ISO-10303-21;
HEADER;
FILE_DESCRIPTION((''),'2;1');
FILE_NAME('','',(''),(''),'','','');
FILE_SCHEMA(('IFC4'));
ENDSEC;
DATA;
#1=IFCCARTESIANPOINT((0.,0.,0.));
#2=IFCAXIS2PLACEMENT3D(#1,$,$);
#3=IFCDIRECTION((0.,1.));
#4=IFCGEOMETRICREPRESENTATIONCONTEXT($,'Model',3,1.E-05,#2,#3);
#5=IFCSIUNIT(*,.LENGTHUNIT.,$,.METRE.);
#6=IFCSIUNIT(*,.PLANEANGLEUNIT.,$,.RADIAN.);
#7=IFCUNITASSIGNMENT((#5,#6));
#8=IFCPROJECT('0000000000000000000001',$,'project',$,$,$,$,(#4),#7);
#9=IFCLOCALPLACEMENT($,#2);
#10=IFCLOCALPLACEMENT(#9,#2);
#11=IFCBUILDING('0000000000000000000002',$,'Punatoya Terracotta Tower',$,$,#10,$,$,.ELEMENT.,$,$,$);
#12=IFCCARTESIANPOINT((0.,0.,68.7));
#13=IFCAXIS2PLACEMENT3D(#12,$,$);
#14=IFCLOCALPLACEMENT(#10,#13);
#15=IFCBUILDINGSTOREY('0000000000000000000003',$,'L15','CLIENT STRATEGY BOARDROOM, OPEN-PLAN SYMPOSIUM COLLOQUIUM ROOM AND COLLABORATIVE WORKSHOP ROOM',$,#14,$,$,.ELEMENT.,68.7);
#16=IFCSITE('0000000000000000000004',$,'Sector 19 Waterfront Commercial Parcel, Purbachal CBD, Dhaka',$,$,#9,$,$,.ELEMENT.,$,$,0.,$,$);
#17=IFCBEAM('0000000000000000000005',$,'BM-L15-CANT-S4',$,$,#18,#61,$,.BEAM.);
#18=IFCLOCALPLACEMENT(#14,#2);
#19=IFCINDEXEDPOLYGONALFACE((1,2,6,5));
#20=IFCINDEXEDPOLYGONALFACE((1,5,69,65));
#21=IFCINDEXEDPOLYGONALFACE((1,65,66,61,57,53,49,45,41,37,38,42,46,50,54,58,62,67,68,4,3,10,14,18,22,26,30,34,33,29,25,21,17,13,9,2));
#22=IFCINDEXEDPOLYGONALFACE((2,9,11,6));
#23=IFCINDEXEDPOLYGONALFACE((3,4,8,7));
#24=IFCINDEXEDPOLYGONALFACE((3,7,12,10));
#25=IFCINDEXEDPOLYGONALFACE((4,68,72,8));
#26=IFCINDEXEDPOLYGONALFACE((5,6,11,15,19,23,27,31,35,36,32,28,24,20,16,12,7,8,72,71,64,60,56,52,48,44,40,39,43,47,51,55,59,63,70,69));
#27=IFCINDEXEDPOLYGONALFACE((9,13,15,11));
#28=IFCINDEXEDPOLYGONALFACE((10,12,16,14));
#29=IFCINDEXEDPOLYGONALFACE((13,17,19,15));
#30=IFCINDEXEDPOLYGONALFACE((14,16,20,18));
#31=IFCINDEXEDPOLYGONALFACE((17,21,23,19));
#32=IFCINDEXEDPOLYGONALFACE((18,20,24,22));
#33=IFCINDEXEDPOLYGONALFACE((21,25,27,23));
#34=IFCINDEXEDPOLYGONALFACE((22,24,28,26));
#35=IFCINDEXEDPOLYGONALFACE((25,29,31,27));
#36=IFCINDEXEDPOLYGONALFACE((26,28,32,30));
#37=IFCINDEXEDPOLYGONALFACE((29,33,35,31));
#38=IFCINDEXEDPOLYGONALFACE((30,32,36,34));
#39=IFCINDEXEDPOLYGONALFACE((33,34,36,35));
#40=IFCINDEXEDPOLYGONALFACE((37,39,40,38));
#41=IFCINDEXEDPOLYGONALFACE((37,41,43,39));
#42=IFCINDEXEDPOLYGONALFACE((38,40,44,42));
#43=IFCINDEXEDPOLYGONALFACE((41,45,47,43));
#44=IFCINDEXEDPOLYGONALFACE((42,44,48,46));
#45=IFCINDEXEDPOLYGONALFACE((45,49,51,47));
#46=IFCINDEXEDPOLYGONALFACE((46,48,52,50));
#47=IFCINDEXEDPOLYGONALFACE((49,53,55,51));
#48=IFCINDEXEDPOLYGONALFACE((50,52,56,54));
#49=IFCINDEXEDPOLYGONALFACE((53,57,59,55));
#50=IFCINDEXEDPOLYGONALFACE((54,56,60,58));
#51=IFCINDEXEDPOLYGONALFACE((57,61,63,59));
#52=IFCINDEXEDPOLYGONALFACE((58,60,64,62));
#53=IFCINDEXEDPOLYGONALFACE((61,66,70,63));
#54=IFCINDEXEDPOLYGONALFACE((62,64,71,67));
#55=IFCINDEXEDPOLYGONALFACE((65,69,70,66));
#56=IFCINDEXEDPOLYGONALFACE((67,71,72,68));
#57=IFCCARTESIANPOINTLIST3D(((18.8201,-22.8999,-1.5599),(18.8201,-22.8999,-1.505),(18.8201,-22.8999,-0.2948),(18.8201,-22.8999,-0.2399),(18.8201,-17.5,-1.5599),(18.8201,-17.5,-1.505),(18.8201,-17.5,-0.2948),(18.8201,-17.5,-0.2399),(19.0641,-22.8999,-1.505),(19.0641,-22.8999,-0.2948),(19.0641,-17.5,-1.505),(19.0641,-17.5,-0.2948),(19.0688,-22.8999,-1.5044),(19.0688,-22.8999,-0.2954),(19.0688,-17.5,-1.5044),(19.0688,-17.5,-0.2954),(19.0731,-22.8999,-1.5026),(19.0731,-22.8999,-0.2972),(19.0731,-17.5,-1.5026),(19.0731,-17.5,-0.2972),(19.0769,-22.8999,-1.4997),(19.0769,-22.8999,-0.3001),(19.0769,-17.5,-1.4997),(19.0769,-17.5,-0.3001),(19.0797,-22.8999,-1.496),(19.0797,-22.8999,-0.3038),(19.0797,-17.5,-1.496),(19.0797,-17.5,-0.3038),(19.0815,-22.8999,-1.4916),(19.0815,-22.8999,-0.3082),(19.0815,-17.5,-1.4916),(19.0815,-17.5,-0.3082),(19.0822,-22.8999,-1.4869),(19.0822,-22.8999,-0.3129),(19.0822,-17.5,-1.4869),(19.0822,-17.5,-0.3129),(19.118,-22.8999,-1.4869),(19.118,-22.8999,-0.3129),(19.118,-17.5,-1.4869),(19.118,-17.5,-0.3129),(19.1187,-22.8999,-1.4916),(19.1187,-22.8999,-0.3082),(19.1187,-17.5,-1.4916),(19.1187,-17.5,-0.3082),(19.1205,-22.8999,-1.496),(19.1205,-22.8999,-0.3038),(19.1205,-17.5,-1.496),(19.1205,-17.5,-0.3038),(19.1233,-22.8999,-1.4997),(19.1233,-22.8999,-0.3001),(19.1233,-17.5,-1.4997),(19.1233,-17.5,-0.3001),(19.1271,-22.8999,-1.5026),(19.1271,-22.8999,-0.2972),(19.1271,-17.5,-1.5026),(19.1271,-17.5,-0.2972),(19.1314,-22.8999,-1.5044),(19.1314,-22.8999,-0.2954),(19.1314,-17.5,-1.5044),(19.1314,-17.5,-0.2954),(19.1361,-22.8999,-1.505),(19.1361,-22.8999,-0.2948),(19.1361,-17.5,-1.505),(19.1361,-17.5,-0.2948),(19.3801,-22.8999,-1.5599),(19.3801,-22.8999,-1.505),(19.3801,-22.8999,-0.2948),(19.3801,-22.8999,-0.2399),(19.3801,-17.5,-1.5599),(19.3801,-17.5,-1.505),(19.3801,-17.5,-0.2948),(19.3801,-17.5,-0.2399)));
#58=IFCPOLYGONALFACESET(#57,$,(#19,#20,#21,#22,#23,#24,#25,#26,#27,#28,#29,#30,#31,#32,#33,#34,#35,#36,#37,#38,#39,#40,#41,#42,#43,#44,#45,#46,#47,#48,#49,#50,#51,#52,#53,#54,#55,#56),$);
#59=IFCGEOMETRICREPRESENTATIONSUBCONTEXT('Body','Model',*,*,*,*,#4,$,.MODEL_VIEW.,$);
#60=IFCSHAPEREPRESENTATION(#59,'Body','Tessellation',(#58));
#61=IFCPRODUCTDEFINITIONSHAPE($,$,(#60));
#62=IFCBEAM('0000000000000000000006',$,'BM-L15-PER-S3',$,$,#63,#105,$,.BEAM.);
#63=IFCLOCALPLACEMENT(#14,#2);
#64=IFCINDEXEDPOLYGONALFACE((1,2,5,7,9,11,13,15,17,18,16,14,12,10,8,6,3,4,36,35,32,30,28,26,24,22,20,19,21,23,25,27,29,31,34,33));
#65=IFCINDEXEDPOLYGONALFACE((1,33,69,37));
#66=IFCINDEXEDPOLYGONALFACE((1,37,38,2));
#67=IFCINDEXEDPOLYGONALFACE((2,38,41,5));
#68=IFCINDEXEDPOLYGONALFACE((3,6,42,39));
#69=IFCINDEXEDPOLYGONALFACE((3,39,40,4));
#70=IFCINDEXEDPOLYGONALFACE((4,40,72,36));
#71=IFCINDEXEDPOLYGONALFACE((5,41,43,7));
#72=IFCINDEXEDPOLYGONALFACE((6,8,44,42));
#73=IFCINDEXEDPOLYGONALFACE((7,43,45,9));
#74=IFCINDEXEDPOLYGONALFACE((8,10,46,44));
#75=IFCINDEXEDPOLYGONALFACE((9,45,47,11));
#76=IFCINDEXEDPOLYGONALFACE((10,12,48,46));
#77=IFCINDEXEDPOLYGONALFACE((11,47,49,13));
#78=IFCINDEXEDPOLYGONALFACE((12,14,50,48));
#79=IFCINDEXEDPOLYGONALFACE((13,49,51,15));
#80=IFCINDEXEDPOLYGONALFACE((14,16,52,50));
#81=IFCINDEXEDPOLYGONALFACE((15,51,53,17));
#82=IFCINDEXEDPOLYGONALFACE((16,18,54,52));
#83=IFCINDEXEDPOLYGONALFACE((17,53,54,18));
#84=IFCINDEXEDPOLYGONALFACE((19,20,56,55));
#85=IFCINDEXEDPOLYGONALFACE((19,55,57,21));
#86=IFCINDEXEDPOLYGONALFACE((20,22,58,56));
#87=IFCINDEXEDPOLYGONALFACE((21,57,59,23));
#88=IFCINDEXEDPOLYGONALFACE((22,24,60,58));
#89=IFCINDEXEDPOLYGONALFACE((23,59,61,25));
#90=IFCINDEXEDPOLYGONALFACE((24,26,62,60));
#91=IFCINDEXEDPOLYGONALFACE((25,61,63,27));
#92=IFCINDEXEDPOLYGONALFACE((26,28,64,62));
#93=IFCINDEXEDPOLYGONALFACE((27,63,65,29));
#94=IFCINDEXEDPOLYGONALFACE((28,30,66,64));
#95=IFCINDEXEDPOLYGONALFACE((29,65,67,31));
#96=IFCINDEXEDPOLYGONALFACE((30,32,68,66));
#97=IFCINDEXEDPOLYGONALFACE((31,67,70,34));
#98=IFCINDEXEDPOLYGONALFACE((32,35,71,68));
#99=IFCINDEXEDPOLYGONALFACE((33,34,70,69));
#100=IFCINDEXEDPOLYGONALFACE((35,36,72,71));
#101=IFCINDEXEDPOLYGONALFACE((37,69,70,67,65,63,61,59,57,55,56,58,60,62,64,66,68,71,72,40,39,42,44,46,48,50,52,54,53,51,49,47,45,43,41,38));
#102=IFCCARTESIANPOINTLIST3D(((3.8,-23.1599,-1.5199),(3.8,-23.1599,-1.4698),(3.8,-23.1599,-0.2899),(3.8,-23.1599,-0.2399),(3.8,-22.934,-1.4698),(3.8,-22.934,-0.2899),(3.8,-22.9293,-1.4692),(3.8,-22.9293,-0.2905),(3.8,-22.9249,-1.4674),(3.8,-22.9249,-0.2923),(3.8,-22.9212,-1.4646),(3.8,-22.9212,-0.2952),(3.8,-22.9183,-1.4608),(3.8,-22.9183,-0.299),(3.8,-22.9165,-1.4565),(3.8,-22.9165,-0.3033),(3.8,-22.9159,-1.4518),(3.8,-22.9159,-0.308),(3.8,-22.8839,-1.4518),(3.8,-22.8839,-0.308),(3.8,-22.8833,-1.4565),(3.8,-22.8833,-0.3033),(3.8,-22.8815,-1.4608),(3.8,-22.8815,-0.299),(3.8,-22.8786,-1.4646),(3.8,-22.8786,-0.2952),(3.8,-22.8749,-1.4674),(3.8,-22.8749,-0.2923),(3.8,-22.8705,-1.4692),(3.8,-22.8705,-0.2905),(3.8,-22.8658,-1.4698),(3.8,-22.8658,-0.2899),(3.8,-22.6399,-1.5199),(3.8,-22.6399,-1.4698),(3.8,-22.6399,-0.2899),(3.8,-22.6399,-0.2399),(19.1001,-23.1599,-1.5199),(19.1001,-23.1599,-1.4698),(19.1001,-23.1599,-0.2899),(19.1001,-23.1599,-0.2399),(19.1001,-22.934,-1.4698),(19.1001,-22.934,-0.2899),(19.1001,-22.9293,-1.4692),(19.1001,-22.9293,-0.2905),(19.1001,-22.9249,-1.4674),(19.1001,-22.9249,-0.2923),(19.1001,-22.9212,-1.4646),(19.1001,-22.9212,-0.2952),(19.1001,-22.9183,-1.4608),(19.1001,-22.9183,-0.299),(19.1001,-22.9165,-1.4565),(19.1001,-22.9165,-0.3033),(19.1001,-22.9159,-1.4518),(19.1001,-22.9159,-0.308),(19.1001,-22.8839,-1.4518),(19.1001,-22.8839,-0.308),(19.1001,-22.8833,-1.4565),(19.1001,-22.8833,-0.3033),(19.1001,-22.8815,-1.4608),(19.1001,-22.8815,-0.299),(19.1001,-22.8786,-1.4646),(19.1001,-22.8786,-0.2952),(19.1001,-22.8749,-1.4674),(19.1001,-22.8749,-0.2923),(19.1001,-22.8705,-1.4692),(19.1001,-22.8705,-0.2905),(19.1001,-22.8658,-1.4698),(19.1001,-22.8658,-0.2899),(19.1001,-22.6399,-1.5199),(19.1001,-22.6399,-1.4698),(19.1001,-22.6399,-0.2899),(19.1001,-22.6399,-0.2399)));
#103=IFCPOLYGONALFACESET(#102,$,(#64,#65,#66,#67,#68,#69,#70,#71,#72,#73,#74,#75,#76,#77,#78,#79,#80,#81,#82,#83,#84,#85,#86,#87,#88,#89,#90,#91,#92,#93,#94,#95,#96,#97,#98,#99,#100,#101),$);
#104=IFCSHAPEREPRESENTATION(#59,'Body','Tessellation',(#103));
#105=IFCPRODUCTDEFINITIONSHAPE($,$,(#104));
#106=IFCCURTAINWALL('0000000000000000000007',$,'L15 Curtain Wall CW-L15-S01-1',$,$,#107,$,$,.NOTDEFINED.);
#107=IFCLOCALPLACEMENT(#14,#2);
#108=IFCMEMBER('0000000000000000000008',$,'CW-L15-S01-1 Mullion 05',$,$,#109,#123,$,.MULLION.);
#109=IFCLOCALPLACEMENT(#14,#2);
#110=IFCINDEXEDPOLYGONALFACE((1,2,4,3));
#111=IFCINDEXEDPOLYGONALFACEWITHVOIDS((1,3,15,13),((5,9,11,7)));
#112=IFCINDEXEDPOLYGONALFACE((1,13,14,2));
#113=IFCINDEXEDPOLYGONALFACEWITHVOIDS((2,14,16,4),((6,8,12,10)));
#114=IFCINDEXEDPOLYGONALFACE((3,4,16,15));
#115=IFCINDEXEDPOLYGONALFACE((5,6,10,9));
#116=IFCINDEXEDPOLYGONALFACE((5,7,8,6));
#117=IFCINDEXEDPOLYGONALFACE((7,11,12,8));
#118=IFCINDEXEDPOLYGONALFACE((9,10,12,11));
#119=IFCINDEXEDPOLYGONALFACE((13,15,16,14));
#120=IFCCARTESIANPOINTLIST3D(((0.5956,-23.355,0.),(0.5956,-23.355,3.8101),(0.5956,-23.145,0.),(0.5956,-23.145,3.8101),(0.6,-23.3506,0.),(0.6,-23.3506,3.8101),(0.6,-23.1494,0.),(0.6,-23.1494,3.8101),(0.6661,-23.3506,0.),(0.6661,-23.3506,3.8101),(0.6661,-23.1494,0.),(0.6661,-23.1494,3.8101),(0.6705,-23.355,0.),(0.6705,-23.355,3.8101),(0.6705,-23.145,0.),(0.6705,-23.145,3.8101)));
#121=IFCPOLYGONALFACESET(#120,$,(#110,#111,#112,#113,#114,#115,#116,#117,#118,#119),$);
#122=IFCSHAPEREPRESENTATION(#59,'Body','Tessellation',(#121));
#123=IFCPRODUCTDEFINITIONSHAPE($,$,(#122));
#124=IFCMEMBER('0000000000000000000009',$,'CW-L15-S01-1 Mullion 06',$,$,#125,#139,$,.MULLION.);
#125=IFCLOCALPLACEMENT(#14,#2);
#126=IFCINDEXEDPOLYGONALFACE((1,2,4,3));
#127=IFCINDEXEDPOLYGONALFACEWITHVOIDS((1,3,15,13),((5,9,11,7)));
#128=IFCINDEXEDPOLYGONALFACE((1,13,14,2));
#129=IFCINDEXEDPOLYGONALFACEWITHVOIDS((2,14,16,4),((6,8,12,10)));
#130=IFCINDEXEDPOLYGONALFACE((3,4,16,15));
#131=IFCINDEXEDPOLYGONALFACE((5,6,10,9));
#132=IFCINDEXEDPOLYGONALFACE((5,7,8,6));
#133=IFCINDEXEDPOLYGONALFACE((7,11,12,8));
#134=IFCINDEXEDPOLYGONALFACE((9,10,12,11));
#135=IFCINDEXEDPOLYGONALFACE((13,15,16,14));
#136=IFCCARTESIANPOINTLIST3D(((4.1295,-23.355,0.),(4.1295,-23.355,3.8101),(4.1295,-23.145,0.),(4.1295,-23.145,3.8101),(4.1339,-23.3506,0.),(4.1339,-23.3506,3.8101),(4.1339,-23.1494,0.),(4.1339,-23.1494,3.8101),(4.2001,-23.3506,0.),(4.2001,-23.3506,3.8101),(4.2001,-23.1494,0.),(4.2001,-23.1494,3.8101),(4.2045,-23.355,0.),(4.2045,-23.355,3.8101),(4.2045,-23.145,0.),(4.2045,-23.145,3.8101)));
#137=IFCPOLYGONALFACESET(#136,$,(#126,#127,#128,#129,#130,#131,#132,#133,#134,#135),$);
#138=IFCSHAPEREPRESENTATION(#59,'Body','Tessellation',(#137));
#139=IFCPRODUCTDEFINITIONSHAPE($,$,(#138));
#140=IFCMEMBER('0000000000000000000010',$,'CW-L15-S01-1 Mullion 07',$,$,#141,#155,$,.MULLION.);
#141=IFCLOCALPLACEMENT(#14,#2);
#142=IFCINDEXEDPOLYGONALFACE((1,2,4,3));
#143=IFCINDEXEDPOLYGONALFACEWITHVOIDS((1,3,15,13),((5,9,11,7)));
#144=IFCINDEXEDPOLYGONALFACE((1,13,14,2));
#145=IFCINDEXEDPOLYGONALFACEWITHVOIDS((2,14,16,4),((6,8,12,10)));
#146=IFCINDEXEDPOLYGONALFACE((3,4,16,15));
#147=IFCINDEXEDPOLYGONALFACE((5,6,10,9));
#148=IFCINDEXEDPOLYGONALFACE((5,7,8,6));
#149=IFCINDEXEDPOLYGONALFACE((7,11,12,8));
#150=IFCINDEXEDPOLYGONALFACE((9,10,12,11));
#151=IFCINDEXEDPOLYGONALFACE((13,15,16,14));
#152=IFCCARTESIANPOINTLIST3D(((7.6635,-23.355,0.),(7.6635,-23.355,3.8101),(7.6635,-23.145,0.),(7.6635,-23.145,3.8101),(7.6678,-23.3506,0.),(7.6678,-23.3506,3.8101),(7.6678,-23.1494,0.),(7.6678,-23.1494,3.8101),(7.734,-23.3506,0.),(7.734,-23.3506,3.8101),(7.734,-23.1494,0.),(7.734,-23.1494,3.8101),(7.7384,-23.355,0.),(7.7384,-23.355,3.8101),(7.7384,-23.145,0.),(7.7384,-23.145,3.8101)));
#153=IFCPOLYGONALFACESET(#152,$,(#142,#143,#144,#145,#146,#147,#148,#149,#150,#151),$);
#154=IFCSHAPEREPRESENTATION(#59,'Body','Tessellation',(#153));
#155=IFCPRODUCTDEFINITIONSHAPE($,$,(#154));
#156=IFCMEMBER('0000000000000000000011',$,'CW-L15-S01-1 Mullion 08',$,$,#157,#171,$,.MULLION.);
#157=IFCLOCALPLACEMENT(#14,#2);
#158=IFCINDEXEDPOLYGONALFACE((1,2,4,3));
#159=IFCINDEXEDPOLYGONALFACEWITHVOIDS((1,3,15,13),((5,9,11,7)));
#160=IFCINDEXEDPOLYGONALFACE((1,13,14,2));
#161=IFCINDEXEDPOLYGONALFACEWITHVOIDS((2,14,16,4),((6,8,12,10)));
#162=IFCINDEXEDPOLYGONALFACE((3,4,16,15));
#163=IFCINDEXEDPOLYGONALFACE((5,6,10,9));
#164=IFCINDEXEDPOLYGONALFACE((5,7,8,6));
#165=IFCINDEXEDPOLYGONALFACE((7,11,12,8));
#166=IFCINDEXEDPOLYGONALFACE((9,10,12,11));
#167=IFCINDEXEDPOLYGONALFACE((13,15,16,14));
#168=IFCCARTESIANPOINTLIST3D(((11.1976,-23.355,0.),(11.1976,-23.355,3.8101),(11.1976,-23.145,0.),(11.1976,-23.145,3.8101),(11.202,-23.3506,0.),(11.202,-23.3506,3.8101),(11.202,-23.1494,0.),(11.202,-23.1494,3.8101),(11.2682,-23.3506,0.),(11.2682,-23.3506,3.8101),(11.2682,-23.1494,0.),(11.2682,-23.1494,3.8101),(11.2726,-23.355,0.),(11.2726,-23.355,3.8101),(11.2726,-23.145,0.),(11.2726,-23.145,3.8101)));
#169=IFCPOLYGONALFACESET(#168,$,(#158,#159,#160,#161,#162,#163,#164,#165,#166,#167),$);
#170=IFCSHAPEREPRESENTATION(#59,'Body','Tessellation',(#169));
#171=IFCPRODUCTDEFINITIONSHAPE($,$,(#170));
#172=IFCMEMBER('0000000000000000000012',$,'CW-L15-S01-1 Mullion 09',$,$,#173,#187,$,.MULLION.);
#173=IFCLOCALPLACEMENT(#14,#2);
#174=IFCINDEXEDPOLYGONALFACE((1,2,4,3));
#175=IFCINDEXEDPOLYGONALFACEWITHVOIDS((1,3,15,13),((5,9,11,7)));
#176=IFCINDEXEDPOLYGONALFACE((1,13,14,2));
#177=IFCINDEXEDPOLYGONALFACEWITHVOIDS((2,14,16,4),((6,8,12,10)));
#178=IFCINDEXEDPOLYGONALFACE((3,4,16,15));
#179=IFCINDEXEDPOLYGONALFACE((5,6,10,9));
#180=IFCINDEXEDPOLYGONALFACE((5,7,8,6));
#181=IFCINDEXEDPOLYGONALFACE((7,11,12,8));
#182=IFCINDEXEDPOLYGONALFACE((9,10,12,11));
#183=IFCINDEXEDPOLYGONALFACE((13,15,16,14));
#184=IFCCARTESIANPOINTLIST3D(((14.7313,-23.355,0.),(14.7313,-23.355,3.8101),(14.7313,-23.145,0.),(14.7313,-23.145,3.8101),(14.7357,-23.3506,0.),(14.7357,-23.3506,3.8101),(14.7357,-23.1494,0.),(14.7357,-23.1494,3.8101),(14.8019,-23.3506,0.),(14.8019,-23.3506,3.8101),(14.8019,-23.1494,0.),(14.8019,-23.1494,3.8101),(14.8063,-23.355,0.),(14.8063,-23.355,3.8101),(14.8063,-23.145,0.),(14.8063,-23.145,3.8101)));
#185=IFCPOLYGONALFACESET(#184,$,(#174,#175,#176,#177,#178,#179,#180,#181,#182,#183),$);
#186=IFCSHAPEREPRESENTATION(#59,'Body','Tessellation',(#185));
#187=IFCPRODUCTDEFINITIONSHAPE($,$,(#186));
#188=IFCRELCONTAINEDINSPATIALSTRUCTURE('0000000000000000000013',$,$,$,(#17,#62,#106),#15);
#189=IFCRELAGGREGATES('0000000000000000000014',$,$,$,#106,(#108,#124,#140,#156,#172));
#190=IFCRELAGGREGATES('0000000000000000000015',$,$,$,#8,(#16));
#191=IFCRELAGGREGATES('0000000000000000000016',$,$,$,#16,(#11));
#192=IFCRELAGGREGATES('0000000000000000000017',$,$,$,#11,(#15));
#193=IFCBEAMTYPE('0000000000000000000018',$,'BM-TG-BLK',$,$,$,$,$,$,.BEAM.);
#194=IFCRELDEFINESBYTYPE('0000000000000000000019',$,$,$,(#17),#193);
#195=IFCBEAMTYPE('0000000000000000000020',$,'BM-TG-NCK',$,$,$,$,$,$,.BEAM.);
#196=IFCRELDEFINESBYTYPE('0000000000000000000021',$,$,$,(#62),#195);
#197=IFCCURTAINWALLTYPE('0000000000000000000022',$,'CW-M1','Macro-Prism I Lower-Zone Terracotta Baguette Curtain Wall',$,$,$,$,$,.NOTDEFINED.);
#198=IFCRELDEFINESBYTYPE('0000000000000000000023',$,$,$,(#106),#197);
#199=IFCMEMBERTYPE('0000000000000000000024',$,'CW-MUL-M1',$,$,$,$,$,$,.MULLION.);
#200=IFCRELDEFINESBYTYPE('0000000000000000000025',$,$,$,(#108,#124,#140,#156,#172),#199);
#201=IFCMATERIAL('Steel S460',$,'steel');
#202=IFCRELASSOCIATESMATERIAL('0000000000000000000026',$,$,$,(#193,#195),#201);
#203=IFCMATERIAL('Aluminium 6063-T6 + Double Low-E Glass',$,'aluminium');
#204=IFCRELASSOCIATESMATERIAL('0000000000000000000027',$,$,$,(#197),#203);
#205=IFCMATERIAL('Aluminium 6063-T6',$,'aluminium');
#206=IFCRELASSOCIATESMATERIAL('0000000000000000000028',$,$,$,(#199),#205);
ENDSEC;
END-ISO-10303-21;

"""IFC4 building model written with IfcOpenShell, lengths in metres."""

from ifc_helpers import new_model, si_unit, direction, frame, origin, origin_2d, place, context, subcontext, project, spatial, hollow_rectangle, i_section, extrude, material, material_profile, profile_set, type_object, element, aggregate, save


model = new_model("IFC4")

# Units and contexts
model_context = context("Model", 3, precision=1e-05, world=origin(), true_north=direction((0.0, 1.0)))
body_context = subcontext(model_context, "Body", "Model", "MODEL_VIEW")
ifc_project = project(units=[si_unit("LENGTHUNIT", "METRE"), si_unit("PLANEANGLEUNIT", "RADIAN")], contexts=[model_context])

# Site, building, storey
site_placement = place(None, origin())
site = spatial("IfcSite", under=ifc_project, at=site_placement, Name="Sector 19 Waterfront Commercial Parcel, Purbachal CBD, Dhaka", CompositionType="ELEMENT", RefElevation=0.0)
building_placement = place(site_placement, origin())
building = spatial("IfcBuilding", under=site, at=building_placement, Name="Punatoya Terracotta Tower", CompositionType="ELEMENT")
storey_placement = place(building_placement, frame((0.0, 0.0, 68.7)))
storey = spatial("IfcBuildingStorey", under=building, at=storey_placement, Name="L15", Description="CLIENT STRATEGY BOARDROOM, OPEN-PLAN SYMPOSIUM COLLOQUIUM ROOM AND COLLABORATIVE WORKSHOP ROOM", CompositionType="ELEMENT", Elevation=68.7)

# Shared definitions
ifc_material_1 = material(Name="Steel S460", Category="steel")

# Beams
ifc_material_profile_1 = material_profile(ifc_material_1, i_section(OverallWidth=0.5601, OverallDepth=1.3201, WebThickness=0.0359, FlangeThickness=0.0549, FilletRadius=0.0181, at=origin_2d()))
ifc_profile_set_1 = profile_set([ifc_material_profile_1], Name="Steel S460")
beam_type_1 = type_object("IfcBeamType", Name="BM-TG-BLK", PredefinedType="BEAM", material=ifc_profile_set_1)
for number, where, z_axis, x_axis, name in (
    (1, (19.1001, -22.8999, -0.8999), (0.0, 1.0, 0.0), (-1.0, 0.0, 0.0), "BM-L15-CANT-S4"),
):
    element("IfcBeam", number, at=place(storey_placement, frame(where, z_axis=z_axis, x_axis=x_axis)), inside=storey, type_object=beam_type_1, Name=name, PredefinedType="BEAM", context=body_context, shape_type="SweptSolid", body=[
        extrude(i_section(OverallWidth=0.5601, OverallDepth=1.3201, WebThickness=0.0359, FlangeThickness=0.0549, FilletRadius=0.0181, at=origin_2d()), origin(), (0.0, 0.0, 1.0), 5.3999),
    ])
ifc_material_profile_2 = material_profile(ifc_material_1, i_section(OverallWidth=0.52, OverallDepth=1.28, WebThickness=0.032, FlangeThickness=0.05, FilletRadius=0.0181, at=origin_2d()))
ifc_profile_set_2 = profile_set([ifc_material_profile_2], Name="Steel S460")
beam_type_2 = type_object("IfcBeamType", Name="BM-TG-NCK", PredefinedType="BEAM", material=ifc_profile_set_2)
beam_1_placement = place(storey_placement, frame((3.8, -22.8999, -0.8799), z_axis=(1.0, 0.0, 0.0), x_axis=(0.0, 1.0, 0.0)))
element("IfcBeam", 2, at=beam_1_placement, inside=storey, type_object=beam_type_2, Name="BM-L15-PER-S3", PredefinedType="BEAM", context=body_context, shape_type="SweptSolid", body=[
    extrude(i_section(OverallWidth=0.52, OverallDepth=1.28, WebThickness=0.032, FlangeThickness=0.05, FilletRadius=0.0181, at=origin_2d()), origin(), (0.0, 0.0, 1.0), 15.3),
])

# Curtain wall, members
ifc_material_2 = material(Name="Aluminium 6063-T6 + Double Low-E Glass", Category="aluminium")
curtain_wall_type = type_object("IfcCurtainWallType", Name="CW-M1", Description="Macro-Prism I Lower-Zone Terracotta Baguette Curtain Wall", PredefinedType="NOTDEFINED", material=ifc_material_2)
curtain_wall_placement = place(storey_placement, origin())
curtain_wall = element("IfcCurtainWall", 3, at=curtain_wall_placement, inside=storey, type_object=curtain_wall_type, Name="L15 Curtain Wall CW-L15-S01-1", PredefinedType="NOTDEFINED")
ifc_material_3 = material(Name="Aluminium 6063-T6", Category="aluminium")
ifc_material_profile_3 = material_profile(ifc_material_3, hollow_rectangle(XDim=0.075, YDim=0.21, WallThickness=0.0044, at=origin_2d()))
ifc_profile_set_3 = profile_set([ifc_material_profile_3], Name="Aluminium 6063-T6")
member_type = type_object("IfcMemberType", Name="CW-MUL-M1", PredefinedType="MULLION", material=ifc_profile_set_3)
member_1_placement = place(storey_placement, frame((0.6331, -23.25, 0.0), z_axis=(0.0, 0.0, 1.0), x_axis=(1.0, 0.0, 0.0)))
member_1 = element("IfcMember", 4, at=member_1_placement, type_object=member_type, Name="CW-L15-S01-1 Mullion 05", PredefinedType="MULLION", context=body_context, shape_type="SweptSolid", body=[
    extrude(hollow_rectangle(XDim=0.075, YDim=0.21, WallThickness=0.0044, at=origin_2d()), origin(), (0.0, 0.0, 1.0), 3.8101),
])
member_2_placement = place(storey_placement, frame((4.167, -23.25, 0.0), z_axis=(0.0, 0.0, 1.0), x_axis=(1.0, 0.0, 0.0)))
member_2 = element("IfcMember", 5, at=member_2_placement, type_object=member_type, Name="CW-L15-S01-1 Mullion 06", PredefinedType="MULLION", context=body_context, shape_type="SweptSolid", body=[
    extrude(hollow_rectangle(XDim=0.075, YDim=0.21, WallThickness=0.0044, at=origin_2d()), origin(), (0.0, 0.0, 1.0), 3.8101),
])
member_3_placement = place(storey_placement, frame((7.7009, -23.25, 0.0), z_axis=(0.0, 0.0, 1.0), x_axis=(1.0, 0.0, 0.0)))
member_3 = element("IfcMember", 6, at=member_3_placement, type_object=member_type, Name="CW-L15-S01-1 Mullion 07", PredefinedType="MULLION", context=body_context, shape_type="SweptSolid", body=[
    extrude(hollow_rectangle(XDim=0.075, YDim=0.21, WallThickness=0.0044, at=origin_2d()), origin(), (0.0, 0.0, 1.0), 3.8101),
])
member_4_placement = place(storey_placement, frame((11.2351, -23.25, 0.0), z_axis=(0.0, 0.0, 1.0), x_axis=(1.0, 0.0, 0.0)))
member_4 = element("IfcMember", 7, at=member_4_placement, type_object=member_type, Name="CW-L15-S01-1 Mullion 08", PredefinedType="MULLION", context=body_context, shape_type="SweptSolid", body=[
    extrude(hollow_rectangle(XDim=0.075, YDim=0.21, WallThickness=0.0044, at=origin_2d()), origin(), (0.0, 0.0, 1.0), 3.8101),
])
member_5_placement = place(storey_placement, frame((14.7688, -23.25, 0.0), z_axis=(0.0, 0.0, 1.0), x_axis=(1.0, 0.0, 0.0)))
member_5 = element("IfcMember", 8, at=member_5_placement, type_object=member_type, Name="CW-L15-S01-1 Mullion 09", PredefinedType="MULLION", context=body_context, shape_type="SweptSolid", body=[
    extrude(hollow_rectangle(XDim=0.075, YDim=0.21, WallThickness=0.0044, at=origin_2d()), origin(), (0.0, 0.0, 1.0), 3.8101),
])
aggregate(curtain_wall, [member_1, member_2, member_3, member_4, member_5])

save(model, "model.ifc")
